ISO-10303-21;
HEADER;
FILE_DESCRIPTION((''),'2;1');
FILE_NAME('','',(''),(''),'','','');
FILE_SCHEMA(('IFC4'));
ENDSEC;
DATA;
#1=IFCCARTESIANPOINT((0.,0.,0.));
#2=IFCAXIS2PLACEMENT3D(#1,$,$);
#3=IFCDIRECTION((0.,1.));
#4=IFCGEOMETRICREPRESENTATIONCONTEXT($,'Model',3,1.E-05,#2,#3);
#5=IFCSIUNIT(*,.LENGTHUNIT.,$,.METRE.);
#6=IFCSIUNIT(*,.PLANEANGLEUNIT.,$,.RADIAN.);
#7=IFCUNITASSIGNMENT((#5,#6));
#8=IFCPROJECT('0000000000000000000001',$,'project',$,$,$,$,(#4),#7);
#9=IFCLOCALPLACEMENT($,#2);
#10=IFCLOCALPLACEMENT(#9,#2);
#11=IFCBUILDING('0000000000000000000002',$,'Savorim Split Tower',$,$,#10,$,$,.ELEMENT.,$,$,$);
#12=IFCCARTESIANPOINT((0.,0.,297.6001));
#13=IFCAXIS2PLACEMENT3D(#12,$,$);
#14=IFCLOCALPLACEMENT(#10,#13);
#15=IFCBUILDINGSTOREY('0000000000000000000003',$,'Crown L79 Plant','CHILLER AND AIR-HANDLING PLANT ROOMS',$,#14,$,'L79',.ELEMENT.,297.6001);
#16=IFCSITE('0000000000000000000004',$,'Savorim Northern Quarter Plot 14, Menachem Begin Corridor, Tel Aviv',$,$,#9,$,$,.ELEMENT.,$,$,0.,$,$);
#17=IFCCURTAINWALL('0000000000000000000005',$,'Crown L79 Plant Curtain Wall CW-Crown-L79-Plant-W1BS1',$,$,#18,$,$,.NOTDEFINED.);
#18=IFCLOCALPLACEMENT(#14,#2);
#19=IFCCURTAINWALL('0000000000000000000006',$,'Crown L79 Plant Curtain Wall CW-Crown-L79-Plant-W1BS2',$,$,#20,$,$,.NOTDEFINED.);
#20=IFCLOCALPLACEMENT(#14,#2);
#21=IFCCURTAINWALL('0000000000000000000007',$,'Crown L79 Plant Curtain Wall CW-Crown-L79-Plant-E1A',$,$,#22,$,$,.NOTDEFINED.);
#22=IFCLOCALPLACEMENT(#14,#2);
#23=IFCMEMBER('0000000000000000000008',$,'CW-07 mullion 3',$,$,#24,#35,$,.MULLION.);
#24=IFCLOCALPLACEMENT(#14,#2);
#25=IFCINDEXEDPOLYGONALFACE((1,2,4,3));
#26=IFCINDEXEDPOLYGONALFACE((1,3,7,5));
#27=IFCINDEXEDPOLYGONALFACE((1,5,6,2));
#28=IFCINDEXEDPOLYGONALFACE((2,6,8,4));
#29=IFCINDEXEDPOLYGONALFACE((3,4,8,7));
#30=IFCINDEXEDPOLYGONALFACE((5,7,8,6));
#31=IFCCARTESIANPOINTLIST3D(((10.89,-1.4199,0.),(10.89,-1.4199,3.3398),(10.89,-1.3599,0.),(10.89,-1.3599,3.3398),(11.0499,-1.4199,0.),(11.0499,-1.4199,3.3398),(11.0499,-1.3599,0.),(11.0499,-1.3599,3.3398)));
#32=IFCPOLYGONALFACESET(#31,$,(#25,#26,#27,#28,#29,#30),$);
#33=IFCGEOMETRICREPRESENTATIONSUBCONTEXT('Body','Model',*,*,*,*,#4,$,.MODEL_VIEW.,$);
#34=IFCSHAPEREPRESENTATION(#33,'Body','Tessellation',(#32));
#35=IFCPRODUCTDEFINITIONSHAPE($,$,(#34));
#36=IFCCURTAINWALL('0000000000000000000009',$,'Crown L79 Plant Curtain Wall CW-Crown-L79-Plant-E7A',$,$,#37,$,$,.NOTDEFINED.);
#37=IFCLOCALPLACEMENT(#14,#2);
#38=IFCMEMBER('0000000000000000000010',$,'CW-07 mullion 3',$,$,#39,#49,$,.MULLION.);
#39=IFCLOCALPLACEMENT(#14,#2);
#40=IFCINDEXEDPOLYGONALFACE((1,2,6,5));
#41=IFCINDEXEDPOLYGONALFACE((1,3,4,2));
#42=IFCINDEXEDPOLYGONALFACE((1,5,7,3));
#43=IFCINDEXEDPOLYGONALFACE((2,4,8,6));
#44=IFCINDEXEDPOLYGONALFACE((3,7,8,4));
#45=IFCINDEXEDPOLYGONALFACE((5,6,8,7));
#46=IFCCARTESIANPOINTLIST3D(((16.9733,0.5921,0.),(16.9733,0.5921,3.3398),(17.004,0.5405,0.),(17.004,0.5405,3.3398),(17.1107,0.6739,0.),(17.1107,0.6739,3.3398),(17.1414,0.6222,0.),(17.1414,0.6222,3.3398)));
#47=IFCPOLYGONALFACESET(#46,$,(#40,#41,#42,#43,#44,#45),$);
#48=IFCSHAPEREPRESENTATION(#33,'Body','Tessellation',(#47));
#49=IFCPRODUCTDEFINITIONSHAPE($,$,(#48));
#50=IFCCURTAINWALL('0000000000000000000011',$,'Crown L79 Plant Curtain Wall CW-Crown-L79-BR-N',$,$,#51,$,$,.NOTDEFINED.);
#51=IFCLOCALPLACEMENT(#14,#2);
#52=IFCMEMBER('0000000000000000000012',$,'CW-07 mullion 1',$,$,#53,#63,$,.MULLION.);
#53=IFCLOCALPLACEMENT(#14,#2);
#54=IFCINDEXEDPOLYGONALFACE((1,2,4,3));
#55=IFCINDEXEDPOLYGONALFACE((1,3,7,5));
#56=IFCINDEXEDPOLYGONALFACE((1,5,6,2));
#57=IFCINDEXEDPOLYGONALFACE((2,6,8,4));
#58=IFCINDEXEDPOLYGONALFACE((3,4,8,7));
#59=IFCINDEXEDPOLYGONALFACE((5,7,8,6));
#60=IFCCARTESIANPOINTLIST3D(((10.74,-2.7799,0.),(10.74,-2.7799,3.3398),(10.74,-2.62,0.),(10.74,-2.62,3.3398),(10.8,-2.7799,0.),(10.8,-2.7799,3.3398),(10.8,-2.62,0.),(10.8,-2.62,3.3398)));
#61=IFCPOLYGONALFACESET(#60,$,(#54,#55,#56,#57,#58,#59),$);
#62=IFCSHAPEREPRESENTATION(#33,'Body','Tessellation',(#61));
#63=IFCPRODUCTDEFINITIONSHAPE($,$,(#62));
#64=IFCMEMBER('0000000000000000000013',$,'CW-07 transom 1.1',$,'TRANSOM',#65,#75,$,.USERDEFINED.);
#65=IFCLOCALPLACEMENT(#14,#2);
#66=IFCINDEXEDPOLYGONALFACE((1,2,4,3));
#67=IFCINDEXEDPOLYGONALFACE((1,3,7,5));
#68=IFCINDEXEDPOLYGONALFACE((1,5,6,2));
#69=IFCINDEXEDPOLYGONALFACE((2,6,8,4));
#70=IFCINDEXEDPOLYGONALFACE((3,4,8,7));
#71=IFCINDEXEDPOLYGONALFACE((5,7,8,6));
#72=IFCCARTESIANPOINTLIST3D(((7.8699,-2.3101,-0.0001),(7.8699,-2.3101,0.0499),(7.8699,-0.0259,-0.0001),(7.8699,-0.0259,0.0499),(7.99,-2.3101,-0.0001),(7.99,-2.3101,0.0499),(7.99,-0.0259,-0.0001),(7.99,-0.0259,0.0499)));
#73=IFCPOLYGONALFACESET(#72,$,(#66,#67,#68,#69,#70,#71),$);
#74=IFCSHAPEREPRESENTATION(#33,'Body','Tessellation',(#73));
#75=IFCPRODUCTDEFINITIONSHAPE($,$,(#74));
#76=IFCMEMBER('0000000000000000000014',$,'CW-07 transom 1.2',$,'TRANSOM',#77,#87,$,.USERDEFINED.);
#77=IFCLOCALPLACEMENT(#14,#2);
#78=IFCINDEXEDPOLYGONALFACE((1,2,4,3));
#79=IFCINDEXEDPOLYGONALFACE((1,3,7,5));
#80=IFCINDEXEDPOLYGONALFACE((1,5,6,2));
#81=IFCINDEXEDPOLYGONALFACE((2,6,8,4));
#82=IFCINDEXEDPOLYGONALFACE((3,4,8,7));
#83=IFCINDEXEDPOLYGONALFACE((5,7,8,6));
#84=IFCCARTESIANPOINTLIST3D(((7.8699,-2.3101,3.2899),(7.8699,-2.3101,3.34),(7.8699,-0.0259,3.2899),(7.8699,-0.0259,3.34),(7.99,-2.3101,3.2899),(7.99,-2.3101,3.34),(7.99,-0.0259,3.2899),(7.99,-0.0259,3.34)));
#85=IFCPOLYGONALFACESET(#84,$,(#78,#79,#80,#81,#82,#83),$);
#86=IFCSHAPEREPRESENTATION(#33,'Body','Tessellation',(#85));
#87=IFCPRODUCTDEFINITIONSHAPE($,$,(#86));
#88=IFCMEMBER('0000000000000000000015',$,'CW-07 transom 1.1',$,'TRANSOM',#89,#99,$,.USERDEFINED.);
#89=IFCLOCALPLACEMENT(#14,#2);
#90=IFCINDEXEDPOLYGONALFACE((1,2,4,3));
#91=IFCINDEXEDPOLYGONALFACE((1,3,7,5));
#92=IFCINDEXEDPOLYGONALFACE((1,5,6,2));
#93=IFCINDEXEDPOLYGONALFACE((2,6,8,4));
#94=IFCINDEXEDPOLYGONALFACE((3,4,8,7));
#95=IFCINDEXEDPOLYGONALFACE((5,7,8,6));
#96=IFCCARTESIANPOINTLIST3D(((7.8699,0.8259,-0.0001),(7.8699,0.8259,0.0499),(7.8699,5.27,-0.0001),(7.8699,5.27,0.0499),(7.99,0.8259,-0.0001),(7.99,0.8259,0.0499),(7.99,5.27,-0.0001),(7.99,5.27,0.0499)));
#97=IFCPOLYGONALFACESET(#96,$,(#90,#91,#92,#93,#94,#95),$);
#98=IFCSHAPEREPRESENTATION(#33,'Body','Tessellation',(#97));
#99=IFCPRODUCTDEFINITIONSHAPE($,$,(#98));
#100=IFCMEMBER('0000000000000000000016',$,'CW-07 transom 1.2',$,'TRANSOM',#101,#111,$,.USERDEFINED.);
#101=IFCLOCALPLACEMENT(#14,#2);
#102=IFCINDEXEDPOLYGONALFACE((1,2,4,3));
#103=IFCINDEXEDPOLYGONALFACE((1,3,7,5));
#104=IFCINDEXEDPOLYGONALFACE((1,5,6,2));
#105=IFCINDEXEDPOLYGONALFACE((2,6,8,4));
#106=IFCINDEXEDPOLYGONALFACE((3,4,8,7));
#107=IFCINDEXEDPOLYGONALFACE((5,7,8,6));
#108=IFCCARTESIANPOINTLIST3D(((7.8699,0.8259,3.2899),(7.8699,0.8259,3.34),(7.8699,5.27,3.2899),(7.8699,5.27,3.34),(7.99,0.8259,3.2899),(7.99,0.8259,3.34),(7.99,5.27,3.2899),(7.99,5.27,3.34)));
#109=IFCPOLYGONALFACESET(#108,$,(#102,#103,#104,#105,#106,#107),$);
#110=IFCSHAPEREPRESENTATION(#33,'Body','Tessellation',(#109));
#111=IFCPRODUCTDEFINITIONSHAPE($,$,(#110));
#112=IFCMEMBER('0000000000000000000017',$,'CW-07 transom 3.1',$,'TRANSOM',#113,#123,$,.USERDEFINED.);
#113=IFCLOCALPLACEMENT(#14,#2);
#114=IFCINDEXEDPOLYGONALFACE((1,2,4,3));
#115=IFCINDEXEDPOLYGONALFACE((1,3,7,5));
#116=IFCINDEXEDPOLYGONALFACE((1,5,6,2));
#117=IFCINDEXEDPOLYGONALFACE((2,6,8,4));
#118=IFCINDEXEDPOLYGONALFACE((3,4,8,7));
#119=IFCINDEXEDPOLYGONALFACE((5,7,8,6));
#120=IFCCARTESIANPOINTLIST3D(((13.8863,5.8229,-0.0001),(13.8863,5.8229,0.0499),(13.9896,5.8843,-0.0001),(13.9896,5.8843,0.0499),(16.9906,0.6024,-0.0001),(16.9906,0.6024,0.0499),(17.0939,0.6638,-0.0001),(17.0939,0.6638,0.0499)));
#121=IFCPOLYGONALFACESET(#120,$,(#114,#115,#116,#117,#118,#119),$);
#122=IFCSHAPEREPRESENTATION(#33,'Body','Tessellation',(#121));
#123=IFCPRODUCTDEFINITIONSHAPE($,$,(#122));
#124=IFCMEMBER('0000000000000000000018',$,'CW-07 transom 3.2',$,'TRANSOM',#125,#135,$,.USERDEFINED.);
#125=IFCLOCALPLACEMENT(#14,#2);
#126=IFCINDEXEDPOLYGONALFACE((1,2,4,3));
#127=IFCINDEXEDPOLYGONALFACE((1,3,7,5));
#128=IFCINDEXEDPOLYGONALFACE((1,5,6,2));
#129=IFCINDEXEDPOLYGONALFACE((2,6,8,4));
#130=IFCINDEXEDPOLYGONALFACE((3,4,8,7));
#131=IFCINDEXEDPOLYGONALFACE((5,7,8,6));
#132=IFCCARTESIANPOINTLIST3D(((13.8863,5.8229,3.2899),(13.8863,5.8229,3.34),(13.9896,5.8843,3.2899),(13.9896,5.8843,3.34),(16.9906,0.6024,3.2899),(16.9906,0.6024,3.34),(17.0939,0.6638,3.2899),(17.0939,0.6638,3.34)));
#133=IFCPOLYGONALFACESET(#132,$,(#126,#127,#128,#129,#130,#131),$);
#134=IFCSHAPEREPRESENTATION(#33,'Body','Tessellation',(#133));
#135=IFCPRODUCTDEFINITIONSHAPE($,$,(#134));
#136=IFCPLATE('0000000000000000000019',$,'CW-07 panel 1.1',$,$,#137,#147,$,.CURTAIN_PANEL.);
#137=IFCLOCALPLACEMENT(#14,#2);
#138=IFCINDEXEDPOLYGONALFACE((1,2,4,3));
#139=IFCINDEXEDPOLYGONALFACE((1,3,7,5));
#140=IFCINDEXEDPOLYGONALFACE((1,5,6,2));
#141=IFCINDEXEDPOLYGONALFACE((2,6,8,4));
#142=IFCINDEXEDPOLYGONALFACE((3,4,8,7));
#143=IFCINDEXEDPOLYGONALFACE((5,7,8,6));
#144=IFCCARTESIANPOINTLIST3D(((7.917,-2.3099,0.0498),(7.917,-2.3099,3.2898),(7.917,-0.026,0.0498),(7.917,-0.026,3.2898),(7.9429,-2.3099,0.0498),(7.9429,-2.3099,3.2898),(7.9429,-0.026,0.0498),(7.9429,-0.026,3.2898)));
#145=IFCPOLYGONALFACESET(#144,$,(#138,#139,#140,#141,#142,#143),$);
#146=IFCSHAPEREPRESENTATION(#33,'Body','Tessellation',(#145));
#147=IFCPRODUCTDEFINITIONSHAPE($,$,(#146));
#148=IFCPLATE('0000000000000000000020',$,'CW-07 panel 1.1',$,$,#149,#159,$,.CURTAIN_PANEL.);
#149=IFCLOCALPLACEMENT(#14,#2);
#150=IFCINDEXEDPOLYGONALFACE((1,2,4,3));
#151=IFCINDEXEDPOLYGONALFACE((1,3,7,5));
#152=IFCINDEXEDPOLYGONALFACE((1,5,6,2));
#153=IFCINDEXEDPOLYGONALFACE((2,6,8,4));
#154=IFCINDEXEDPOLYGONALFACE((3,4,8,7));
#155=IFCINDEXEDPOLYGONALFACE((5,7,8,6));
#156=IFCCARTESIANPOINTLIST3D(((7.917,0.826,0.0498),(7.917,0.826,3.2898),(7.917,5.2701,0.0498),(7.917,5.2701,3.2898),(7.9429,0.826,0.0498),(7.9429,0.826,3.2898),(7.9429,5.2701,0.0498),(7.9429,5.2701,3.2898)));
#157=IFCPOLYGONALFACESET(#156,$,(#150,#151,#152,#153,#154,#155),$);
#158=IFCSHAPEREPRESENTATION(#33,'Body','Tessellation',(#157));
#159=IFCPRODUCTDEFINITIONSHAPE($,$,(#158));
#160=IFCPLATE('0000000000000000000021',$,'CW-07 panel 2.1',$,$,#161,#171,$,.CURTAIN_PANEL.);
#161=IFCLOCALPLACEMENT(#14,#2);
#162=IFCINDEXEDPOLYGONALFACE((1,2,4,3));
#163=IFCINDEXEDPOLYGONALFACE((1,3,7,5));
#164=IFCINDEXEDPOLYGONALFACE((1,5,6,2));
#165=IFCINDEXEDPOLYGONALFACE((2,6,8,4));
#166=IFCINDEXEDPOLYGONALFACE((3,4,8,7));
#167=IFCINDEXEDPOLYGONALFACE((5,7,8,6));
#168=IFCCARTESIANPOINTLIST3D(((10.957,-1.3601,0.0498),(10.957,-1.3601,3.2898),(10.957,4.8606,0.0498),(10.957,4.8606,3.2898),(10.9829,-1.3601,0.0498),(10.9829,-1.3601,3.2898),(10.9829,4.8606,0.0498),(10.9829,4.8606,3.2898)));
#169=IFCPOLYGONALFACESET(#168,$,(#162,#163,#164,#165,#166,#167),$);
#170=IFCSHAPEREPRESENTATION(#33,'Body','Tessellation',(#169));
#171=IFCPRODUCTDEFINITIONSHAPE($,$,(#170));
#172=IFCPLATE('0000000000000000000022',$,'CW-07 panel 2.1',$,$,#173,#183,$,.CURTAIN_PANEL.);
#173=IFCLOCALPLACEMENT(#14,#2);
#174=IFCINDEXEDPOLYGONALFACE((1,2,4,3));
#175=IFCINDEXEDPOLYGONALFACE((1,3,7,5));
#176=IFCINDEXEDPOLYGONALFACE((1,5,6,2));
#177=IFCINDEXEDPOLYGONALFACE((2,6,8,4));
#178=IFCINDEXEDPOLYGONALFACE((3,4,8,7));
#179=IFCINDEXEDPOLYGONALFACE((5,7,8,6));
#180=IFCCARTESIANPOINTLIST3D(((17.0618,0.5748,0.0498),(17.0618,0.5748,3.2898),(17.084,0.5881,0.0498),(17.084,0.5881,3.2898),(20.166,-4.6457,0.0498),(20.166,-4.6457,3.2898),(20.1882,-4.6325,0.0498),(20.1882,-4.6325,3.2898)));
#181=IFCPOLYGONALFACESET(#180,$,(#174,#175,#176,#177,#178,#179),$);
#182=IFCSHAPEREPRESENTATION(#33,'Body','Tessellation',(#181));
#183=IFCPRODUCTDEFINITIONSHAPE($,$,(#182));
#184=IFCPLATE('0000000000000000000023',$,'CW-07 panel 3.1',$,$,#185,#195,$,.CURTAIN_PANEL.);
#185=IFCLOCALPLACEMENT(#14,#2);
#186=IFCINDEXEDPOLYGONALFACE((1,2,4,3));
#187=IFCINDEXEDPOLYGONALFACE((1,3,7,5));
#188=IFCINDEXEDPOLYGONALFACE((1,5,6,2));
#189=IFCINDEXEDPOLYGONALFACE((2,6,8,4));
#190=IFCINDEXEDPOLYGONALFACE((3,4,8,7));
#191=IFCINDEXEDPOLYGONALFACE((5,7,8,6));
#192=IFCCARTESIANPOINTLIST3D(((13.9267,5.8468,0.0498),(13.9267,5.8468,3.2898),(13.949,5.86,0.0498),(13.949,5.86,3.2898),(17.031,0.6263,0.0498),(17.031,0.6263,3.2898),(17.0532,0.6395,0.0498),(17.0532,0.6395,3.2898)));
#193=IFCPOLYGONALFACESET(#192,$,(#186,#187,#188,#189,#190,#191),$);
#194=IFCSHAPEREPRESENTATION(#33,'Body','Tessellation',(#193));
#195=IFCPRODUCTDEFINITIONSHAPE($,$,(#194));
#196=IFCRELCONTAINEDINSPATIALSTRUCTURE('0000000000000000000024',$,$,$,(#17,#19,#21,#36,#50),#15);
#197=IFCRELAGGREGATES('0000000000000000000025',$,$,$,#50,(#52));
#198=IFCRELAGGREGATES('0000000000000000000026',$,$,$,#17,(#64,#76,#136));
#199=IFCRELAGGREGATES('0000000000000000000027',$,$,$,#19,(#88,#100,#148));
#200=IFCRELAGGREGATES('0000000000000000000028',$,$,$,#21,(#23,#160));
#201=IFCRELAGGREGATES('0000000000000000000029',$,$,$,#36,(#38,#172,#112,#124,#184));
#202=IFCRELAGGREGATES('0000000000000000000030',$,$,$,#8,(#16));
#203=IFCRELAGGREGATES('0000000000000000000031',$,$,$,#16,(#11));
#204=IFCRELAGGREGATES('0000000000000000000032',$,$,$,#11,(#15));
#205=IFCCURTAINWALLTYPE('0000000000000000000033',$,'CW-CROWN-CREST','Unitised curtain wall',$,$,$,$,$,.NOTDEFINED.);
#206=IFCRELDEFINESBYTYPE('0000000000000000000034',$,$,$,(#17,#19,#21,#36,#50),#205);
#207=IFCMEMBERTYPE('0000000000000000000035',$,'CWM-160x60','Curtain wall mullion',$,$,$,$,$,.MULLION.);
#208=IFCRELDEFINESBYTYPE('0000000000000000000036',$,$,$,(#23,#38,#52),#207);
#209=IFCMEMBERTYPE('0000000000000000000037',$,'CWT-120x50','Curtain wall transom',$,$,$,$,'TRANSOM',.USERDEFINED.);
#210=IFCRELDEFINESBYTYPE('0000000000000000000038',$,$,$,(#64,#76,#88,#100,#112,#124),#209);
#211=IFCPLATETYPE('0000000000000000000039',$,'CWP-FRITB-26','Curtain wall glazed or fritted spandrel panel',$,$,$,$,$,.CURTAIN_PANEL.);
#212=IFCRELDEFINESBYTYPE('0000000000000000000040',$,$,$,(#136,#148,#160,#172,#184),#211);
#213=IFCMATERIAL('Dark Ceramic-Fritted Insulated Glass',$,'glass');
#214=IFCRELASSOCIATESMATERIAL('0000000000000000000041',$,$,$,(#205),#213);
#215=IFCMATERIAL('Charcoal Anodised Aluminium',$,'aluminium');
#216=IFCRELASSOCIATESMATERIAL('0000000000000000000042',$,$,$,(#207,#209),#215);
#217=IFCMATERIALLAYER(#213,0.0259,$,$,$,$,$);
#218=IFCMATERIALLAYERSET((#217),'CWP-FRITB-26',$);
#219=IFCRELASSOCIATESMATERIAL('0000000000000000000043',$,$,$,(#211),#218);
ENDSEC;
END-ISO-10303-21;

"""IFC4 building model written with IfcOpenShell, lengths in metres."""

from ifc_helpers import new_model, si_unit, direction, frame, origin, origin_2d, place, context, subcontext, project, spatial, rectangle, extrude, material, layer, layer_set, material_profile, profile_set, type_object, element, aggregate, save


model = new_model("IFC4")

# Units and contexts
model_context = context("Model", 3, precision=1e-05, world=origin(), true_north=direction((0.0, 1.0)))
body_context = subcontext(model_context, "Body", "Model", "MODEL_VIEW")
ifc_project = project(units=[si_unit("LENGTHUNIT", "METRE"), si_unit("PLANEANGLEUNIT", "RADIAN")], contexts=[model_context])

# Site, building, storey
site_placement = place(None, origin())
site = spatial("IfcSite", under=ifc_project, at=site_placement, Name="Savorim Northern Quarter Plot 14, Menachem Begin Corridor, Tel Aviv", CompositionType="ELEMENT", RefElevation=0.0)
building_placement = place(site_placement, origin())
building = spatial("IfcBuilding", under=site, at=building_placement, Name="Savorim Split Tower", CompositionType="ELEMENT")
storey_placement = place(building_placement, frame((0.0, 0.0, 297.6001)))
storey = spatial("IfcBuildingStorey", under=building, at=storey_placement, Name="Crown L79 Plant", Description="CHILLER AND AIR-HANDLING PLANT ROOMS", LongName="L79", CompositionType="ELEMENT", Elevation=297.6001)

# Curtain wall
ifc_material_1 = material(Name="Dark Ceramic-Fritted Insulated Glass", Category="glass")
curtain_wall_type = type_object("IfcCurtainWallType", Name="CW-CROWN-CREST", Description="Unitised curtain wall", PredefinedType="NOTDEFINED", material=ifc_material_1)
curtain_wall_1_placement = place(storey_placement, origin())
curtain_wall_1 = element("IfcCurtainWall", 1, at=curtain_wall_1_placement, inside=storey, type_object=curtain_wall_type, Name="Crown L79 Plant Curtain Wall CW-Crown-L79-Plant-W1BS1", PredefinedType="NOTDEFINED")
ifc_material_2 = material(Name="Charcoal Anodised Aluminium", Category="aluminium")
ifc_material_profile_1 = material_profile(ifc_material_2, rectangle(XDim=0.1599, YDim=0.0601, at=origin_2d()), Name="ALU-M 160x60")
ifc_profile_set_1 = profile_set([ifc_material_profile_1], Name="Charcoal Anodised Aluminium")
member_type_1 = type_object("IfcMemberType", Name="CWM-160x60", Description="Curtain wall mullion", PredefinedType="MULLION", material=ifc_profile_set_1)

# Curtain walls, members
curtain_wall_2_placement = place(storey_placement, origin())
curtain_wall_2 = element("IfcCurtainWall", 2, at=curtain_wall_2_placement, inside=storey, type_object=curtain_wall_type, Name="Crown L79 Plant Curtain Wall CW-Crown-L79-Plant-W1BS2", PredefinedType="NOTDEFINED")
curtain_wall_3_placement = place(storey_placement, origin())
curtain_wall_3 = element("IfcCurtainWall", 3, at=curtain_wall_3_placement, inside=storey, type_object=curtain_wall_type, Name="Crown L79 Plant Curtain Wall CW-Crown-L79-Plant-E1A", PredefinedType="NOTDEFINED")
member_1_placement = place(storey_placement, frame((10.97, -1.3899, 0.0), z_axis=(0.0, 0.0, 1.0), x_axis=(1.0, 0.0, 0.0)))
member_1 = element("IfcMember", 4, at=member_1_placement, type_object=member_type_1, Name="CW-07 mullion 3", PredefinedType="MULLION", context=body_context, shape_type="SweptSolid", body=[
    extrude(rectangle(XDim=0.1599, YDim=0.0601, at=origin_2d()), origin(), (0.0, 0.0, 1.0), 3.3398),
])
curtain_wall_4_placement = place(storey_placement, origin())
curtain_wall_4 = element("IfcCurtainWall", 5, at=curtain_wall_4_placement, inside=storey, type_object=curtain_wall_type, Name="Crown L79 Plant Curtain Wall CW-Crown-L79-Plant-E7A", PredefinedType="NOTDEFINED")
member_2_placement = place(storey_placement, frame((17.0574, 0.6072, 0.0), z_axis=(0.0, 0.0, 1.0), x_axis=(-0.859525, -0.511094, 0.0)))
member_2 = element("IfcMember", 6, at=member_2_placement, type_object=member_type_1, Name="CW-07 mullion 3", PredefinedType="MULLION", context=body_context, shape_type="SweptSolid", body=[
    extrude(rectangle(XDim=0.1599, YDim=0.0601, at=origin_2d()), origin(), (0.0, 0.0, 1.0), 3.3398),
])
curtain_wall_5_placement = place(storey_placement, origin())
curtain_wall_5 = element("IfcCurtainWall", 7, at=curtain_wall_5_placement, inside=storey, type_object=curtain_wall_type, Name="Crown L79 Plant Curtain Wall CW-Crown-L79-BR-N", PredefinedType="NOTDEFINED")
member_3_placement = place(storey_placement, frame((10.77, -2.7, 0.0), z_axis=(0.0, 0.0, 1.0), x_axis=(0.0, -1.0, 0.0)))
member_3 = element("IfcMember", 8, at=member_3_placement, type_object=member_type_1, Name="CW-07 mullion 1", PredefinedType="MULLION", context=body_context, shape_type="SweptSolid", body=[
    extrude(rectangle(XDim=0.1599, YDim=0.0601, at=origin_2d()), origin(), (0.0, 0.0, 1.0), 3.3398),
])
aggregate(curtain_wall_5, [member_3])

# Members
ifc_material_profile_2 = material_profile(ifc_material_2, rectangle(XDim=0.1201, YDim=0.05, at=origin_2d()), Name="ALU-T 120x50")
ifc_profile_set_2 = profile_set([ifc_material_profile_2], Name="Charcoal Anodised Aluminium")
member_type_2 = type_object("IfcMemberType", Name="CWT-120x50", Description="Curtain wall transom", ElementType="TRANSOM", PredefinedType="USERDEFINED", material=ifc_profile_set_2)
member_4_placement = place(storey_placement, frame((7.9299, -2.3101, 0.0249), z_axis=(0.0, 1.0, 0.0), x_axis=(-1.0, 0.0, 0.0)))
member_4 = element("IfcMember", 9, at=member_4_placement, type_object=member_type_2, Name="CW-07 transom 1.1", ObjectType="TRANSOM", PredefinedType="USERDEFINED", context=body_context, shape_type="SweptSolid", body=[
    extrude(rectangle(XDim=0.1201, YDim=0.05, at=origin_2d()), origin(), (0.0, 0.0, 1.0), 2.2842),
])
member_5_placement = place(storey_placement, frame((7.9299, -2.3101, 3.3149), z_axis=(0.0, 1.0, 0.0), x_axis=(-1.0, 0.0, 0.0)))
member_5 = element("IfcMember", 10, at=member_5_placement, type_object=member_type_2, Name="CW-07 transom 1.2", ObjectType="TRANSOM", PredefinedType="USERDEFINED", context=body_context, shape_type="SweptSolid", body=[
    extrude(rectangle(XDim=0.1201, YDim=0.05, at=origin_2d()), origin(), (0.0, 0.0, 1.0), 2.2842),
])
member_6_placement = place(storey_placement, frame((7.9299, 0.8259, 0.0249), z_axis=(0.0, 1.0, 0.0), x_axis=(-1.0, 0.0, 0.0)))
member_6 = element("IfcMember", 11, at=member_6_placement, type_object=member_type_2, Name="CW-07 transom 1.1", ObjectType="TRANSOM", PredefinedType="USERDEFINED", context=body_context, shape_type="SweptSolid", body=[
    extrude(rectangle(XDim=0.1201, YDim=0.05, at=origin_2d()), origin(), (0.0, 0.0, 1.0), 4.4441),
])
member_7_placement = place(storey_placement, frame((7.9299, 0.8259, 3.3149), z_axis=(0.0, 1.0, 0.0), x_axis=(-1.0, 0.0, 0.0)))
member_7 = element("IfcMember", 12, at=member_7_placement, type_object=member_type_2, Name="CW-07 transom 1.2", ObjectType="TRANSOM", PredefinedType="USERDEFINED", context=body_context, shape_type="SweptSolid", body=[
    extrude(rectangle(XDim=0.1201, YDim=0.05, at=origin_2d()), origin(), (0.0, 0.0, 1.0), 4.4441),
])
member_8_placement = place(storey_placement, frame((17.0422, 0.6331, 0.0249), z_axis=(-0.511099, 0.859522, 0.0), x_axis=(-0.859522, -0.511099, 0.0)))
member_8 = element("IfcMember", 13, at=member_8_placement, type_object=member_type_2, Name="CW-07 transom 3.1", ObjectType="TRANSOM", PredefinedType="USERDEFINED", context=body_context, shape_type="SweptSolid", body=[
    extrude(rectangle(XDim=0.1201, YDim=0.05, at=origin_2d()), origin(), (0.0, 0.0, 1.0), 6.0737),
])
member_9_placement = place(storey_placement, frame((17.0422, 0.6331, 3.3149), z_axis=(-0.511099, 0.859522, 0.0), x_axis=(-0.859522, -0.511099, 0.0)))
member_9 = element("IfcMember", 14, at=member_9_placement, type_object=member_type_2, Name="CW-07 transom 3.2", ObjectType="TRANSOM", PredefinedType="USERDEFINED", context=body_context, shape_type="SweptSolid", body=[
    extrude(rectangle(XDim=0.1201, YDim=0.05, at=origin_2d()), origin(), (0.0, 0.0, 1.0), 6.0737),
])

# Plates
ifc_layer_1 = layer(ifc_material_1, 0.0259)
ifc_layer_set_1 = layer_set([ifc_layer_1], Name="CWP-FRITB-26")
plate_type = type_object("IfcPlateType", Name="CWP-FRITB-26", Description="Curtain wall glazed or fritted spandrel panel", PredefinedType="CURTAIN_PANEL", material=ifc_layer_set_1)
plate_1_placement = place(storey_placement, frame((7.9299, -1.168, 0.0498), z_axis=(0.0, 0.0, 1.0), x_axis=(0.0, 1.0, 0.0)))
plate_1 = element("IfcPlate", 15, at=plate_1_placement, type_object=plate_type, Name="CW-07 panel 1.1", PredefinedType="CURTAIN_PANEL", context=body_context, shape_type="SweptSolid", body=[
    extrude(rectangle(XDim=2.2839, YDim=0.0259, at=origin_2d()), origin(), (0.0, 0.0, 1.0), 3.24),
])
aggregate(curtain_wall_1, [member_4, member_5, plate_1])
plate_2_placement = place(storey_placement, frame((7.9299, 3.0481, 0.0498), z_axis=(0.0, 0.0, 1.0), x_axis=(0.0, 1.0, 0.0)))
plate_2 = element("IfcPlate", 16, at=plate_2_placement, type_object=plate_type, Name="CW-07 panel 1.1", PredefinedType="CURTAIN_PANEL", context=body_context, shape_type="SweptSolid", body=[
    extrude(rectangle(XDim=4.4441, YDim=0.0259, at=origin_2d()), origin(), (0.0, 0.0, 1.0), 3.24),
])
aggregate(curtain_wall_2, [member_6, member_7, plate_2])
plate_3_placement = place(storey_placement, frame((10.97, 1.7502, 0.0498), z_axis=(0.0, 0.0, 1.0), x_axis=(0.0, -1.0, 0.0)))
plate_3 = element("IfcPlate", 17, at=plate_3_placement, type_object=plate_type, Name="CW-07 panel 2.1", PredefinedType="CURTAIN_PANEL", context=body_context, shape_type="SweptSolid", body=[
    extrude(rectangle(XDim=6.2207, YDim=0.0259, at=origin_2d()), origin(), (0.0, 0.0, 1.0), 3.24),
])
aggregate(curtain_wall_3, [member_1, plate_3])
plate_4_placement = place(storey_placement, frame((18.625, -2.0288, 0.0498), z_axis=(0.0, 0.0, 1.0), x_axis=(-0.511094, 0.859525, 0.0)))
plate_4 = element("IfcPlate", 18, at=plate_4_placement, type_object=plate_type, Name="CW-07 panel 2.1", PredefinedType="CURTAIN_PANEL", context=body_context, shape_type="SweptSolid", body=[
    extrude(rectangle(XDim=6.0737, YDim=0.0259, at=origin_2d()), origin(), (0.0, 0.0, 1.0), 3.24),
])
plate_5_placement = place(storey_placement, frame((15.49, 3.2432, 0.0498), z_axis=(0.0, 0.0, 1.0), x_axis=(-0.511094, 0.859525, 0.0)))
plate_5 = element("IfcPlate", 19, at=plate_5_placement, type_object=plate_type, Name="CW-07 panel 3.1", PredefinedType="CURTAIN_PANEL", context=body_context, shape_type="SweptSolid", body=[
    extrude(rectangle(XDim=6.0737, YDim=0.0259, at=origin_2d()), origin(), (0.0, 0.0, 1.0), 3.24),
])
aggregate(curtain_wall_4, [member_2, plate_4, member_8, member_9, plate_5])

save(model, "model.ifc")
